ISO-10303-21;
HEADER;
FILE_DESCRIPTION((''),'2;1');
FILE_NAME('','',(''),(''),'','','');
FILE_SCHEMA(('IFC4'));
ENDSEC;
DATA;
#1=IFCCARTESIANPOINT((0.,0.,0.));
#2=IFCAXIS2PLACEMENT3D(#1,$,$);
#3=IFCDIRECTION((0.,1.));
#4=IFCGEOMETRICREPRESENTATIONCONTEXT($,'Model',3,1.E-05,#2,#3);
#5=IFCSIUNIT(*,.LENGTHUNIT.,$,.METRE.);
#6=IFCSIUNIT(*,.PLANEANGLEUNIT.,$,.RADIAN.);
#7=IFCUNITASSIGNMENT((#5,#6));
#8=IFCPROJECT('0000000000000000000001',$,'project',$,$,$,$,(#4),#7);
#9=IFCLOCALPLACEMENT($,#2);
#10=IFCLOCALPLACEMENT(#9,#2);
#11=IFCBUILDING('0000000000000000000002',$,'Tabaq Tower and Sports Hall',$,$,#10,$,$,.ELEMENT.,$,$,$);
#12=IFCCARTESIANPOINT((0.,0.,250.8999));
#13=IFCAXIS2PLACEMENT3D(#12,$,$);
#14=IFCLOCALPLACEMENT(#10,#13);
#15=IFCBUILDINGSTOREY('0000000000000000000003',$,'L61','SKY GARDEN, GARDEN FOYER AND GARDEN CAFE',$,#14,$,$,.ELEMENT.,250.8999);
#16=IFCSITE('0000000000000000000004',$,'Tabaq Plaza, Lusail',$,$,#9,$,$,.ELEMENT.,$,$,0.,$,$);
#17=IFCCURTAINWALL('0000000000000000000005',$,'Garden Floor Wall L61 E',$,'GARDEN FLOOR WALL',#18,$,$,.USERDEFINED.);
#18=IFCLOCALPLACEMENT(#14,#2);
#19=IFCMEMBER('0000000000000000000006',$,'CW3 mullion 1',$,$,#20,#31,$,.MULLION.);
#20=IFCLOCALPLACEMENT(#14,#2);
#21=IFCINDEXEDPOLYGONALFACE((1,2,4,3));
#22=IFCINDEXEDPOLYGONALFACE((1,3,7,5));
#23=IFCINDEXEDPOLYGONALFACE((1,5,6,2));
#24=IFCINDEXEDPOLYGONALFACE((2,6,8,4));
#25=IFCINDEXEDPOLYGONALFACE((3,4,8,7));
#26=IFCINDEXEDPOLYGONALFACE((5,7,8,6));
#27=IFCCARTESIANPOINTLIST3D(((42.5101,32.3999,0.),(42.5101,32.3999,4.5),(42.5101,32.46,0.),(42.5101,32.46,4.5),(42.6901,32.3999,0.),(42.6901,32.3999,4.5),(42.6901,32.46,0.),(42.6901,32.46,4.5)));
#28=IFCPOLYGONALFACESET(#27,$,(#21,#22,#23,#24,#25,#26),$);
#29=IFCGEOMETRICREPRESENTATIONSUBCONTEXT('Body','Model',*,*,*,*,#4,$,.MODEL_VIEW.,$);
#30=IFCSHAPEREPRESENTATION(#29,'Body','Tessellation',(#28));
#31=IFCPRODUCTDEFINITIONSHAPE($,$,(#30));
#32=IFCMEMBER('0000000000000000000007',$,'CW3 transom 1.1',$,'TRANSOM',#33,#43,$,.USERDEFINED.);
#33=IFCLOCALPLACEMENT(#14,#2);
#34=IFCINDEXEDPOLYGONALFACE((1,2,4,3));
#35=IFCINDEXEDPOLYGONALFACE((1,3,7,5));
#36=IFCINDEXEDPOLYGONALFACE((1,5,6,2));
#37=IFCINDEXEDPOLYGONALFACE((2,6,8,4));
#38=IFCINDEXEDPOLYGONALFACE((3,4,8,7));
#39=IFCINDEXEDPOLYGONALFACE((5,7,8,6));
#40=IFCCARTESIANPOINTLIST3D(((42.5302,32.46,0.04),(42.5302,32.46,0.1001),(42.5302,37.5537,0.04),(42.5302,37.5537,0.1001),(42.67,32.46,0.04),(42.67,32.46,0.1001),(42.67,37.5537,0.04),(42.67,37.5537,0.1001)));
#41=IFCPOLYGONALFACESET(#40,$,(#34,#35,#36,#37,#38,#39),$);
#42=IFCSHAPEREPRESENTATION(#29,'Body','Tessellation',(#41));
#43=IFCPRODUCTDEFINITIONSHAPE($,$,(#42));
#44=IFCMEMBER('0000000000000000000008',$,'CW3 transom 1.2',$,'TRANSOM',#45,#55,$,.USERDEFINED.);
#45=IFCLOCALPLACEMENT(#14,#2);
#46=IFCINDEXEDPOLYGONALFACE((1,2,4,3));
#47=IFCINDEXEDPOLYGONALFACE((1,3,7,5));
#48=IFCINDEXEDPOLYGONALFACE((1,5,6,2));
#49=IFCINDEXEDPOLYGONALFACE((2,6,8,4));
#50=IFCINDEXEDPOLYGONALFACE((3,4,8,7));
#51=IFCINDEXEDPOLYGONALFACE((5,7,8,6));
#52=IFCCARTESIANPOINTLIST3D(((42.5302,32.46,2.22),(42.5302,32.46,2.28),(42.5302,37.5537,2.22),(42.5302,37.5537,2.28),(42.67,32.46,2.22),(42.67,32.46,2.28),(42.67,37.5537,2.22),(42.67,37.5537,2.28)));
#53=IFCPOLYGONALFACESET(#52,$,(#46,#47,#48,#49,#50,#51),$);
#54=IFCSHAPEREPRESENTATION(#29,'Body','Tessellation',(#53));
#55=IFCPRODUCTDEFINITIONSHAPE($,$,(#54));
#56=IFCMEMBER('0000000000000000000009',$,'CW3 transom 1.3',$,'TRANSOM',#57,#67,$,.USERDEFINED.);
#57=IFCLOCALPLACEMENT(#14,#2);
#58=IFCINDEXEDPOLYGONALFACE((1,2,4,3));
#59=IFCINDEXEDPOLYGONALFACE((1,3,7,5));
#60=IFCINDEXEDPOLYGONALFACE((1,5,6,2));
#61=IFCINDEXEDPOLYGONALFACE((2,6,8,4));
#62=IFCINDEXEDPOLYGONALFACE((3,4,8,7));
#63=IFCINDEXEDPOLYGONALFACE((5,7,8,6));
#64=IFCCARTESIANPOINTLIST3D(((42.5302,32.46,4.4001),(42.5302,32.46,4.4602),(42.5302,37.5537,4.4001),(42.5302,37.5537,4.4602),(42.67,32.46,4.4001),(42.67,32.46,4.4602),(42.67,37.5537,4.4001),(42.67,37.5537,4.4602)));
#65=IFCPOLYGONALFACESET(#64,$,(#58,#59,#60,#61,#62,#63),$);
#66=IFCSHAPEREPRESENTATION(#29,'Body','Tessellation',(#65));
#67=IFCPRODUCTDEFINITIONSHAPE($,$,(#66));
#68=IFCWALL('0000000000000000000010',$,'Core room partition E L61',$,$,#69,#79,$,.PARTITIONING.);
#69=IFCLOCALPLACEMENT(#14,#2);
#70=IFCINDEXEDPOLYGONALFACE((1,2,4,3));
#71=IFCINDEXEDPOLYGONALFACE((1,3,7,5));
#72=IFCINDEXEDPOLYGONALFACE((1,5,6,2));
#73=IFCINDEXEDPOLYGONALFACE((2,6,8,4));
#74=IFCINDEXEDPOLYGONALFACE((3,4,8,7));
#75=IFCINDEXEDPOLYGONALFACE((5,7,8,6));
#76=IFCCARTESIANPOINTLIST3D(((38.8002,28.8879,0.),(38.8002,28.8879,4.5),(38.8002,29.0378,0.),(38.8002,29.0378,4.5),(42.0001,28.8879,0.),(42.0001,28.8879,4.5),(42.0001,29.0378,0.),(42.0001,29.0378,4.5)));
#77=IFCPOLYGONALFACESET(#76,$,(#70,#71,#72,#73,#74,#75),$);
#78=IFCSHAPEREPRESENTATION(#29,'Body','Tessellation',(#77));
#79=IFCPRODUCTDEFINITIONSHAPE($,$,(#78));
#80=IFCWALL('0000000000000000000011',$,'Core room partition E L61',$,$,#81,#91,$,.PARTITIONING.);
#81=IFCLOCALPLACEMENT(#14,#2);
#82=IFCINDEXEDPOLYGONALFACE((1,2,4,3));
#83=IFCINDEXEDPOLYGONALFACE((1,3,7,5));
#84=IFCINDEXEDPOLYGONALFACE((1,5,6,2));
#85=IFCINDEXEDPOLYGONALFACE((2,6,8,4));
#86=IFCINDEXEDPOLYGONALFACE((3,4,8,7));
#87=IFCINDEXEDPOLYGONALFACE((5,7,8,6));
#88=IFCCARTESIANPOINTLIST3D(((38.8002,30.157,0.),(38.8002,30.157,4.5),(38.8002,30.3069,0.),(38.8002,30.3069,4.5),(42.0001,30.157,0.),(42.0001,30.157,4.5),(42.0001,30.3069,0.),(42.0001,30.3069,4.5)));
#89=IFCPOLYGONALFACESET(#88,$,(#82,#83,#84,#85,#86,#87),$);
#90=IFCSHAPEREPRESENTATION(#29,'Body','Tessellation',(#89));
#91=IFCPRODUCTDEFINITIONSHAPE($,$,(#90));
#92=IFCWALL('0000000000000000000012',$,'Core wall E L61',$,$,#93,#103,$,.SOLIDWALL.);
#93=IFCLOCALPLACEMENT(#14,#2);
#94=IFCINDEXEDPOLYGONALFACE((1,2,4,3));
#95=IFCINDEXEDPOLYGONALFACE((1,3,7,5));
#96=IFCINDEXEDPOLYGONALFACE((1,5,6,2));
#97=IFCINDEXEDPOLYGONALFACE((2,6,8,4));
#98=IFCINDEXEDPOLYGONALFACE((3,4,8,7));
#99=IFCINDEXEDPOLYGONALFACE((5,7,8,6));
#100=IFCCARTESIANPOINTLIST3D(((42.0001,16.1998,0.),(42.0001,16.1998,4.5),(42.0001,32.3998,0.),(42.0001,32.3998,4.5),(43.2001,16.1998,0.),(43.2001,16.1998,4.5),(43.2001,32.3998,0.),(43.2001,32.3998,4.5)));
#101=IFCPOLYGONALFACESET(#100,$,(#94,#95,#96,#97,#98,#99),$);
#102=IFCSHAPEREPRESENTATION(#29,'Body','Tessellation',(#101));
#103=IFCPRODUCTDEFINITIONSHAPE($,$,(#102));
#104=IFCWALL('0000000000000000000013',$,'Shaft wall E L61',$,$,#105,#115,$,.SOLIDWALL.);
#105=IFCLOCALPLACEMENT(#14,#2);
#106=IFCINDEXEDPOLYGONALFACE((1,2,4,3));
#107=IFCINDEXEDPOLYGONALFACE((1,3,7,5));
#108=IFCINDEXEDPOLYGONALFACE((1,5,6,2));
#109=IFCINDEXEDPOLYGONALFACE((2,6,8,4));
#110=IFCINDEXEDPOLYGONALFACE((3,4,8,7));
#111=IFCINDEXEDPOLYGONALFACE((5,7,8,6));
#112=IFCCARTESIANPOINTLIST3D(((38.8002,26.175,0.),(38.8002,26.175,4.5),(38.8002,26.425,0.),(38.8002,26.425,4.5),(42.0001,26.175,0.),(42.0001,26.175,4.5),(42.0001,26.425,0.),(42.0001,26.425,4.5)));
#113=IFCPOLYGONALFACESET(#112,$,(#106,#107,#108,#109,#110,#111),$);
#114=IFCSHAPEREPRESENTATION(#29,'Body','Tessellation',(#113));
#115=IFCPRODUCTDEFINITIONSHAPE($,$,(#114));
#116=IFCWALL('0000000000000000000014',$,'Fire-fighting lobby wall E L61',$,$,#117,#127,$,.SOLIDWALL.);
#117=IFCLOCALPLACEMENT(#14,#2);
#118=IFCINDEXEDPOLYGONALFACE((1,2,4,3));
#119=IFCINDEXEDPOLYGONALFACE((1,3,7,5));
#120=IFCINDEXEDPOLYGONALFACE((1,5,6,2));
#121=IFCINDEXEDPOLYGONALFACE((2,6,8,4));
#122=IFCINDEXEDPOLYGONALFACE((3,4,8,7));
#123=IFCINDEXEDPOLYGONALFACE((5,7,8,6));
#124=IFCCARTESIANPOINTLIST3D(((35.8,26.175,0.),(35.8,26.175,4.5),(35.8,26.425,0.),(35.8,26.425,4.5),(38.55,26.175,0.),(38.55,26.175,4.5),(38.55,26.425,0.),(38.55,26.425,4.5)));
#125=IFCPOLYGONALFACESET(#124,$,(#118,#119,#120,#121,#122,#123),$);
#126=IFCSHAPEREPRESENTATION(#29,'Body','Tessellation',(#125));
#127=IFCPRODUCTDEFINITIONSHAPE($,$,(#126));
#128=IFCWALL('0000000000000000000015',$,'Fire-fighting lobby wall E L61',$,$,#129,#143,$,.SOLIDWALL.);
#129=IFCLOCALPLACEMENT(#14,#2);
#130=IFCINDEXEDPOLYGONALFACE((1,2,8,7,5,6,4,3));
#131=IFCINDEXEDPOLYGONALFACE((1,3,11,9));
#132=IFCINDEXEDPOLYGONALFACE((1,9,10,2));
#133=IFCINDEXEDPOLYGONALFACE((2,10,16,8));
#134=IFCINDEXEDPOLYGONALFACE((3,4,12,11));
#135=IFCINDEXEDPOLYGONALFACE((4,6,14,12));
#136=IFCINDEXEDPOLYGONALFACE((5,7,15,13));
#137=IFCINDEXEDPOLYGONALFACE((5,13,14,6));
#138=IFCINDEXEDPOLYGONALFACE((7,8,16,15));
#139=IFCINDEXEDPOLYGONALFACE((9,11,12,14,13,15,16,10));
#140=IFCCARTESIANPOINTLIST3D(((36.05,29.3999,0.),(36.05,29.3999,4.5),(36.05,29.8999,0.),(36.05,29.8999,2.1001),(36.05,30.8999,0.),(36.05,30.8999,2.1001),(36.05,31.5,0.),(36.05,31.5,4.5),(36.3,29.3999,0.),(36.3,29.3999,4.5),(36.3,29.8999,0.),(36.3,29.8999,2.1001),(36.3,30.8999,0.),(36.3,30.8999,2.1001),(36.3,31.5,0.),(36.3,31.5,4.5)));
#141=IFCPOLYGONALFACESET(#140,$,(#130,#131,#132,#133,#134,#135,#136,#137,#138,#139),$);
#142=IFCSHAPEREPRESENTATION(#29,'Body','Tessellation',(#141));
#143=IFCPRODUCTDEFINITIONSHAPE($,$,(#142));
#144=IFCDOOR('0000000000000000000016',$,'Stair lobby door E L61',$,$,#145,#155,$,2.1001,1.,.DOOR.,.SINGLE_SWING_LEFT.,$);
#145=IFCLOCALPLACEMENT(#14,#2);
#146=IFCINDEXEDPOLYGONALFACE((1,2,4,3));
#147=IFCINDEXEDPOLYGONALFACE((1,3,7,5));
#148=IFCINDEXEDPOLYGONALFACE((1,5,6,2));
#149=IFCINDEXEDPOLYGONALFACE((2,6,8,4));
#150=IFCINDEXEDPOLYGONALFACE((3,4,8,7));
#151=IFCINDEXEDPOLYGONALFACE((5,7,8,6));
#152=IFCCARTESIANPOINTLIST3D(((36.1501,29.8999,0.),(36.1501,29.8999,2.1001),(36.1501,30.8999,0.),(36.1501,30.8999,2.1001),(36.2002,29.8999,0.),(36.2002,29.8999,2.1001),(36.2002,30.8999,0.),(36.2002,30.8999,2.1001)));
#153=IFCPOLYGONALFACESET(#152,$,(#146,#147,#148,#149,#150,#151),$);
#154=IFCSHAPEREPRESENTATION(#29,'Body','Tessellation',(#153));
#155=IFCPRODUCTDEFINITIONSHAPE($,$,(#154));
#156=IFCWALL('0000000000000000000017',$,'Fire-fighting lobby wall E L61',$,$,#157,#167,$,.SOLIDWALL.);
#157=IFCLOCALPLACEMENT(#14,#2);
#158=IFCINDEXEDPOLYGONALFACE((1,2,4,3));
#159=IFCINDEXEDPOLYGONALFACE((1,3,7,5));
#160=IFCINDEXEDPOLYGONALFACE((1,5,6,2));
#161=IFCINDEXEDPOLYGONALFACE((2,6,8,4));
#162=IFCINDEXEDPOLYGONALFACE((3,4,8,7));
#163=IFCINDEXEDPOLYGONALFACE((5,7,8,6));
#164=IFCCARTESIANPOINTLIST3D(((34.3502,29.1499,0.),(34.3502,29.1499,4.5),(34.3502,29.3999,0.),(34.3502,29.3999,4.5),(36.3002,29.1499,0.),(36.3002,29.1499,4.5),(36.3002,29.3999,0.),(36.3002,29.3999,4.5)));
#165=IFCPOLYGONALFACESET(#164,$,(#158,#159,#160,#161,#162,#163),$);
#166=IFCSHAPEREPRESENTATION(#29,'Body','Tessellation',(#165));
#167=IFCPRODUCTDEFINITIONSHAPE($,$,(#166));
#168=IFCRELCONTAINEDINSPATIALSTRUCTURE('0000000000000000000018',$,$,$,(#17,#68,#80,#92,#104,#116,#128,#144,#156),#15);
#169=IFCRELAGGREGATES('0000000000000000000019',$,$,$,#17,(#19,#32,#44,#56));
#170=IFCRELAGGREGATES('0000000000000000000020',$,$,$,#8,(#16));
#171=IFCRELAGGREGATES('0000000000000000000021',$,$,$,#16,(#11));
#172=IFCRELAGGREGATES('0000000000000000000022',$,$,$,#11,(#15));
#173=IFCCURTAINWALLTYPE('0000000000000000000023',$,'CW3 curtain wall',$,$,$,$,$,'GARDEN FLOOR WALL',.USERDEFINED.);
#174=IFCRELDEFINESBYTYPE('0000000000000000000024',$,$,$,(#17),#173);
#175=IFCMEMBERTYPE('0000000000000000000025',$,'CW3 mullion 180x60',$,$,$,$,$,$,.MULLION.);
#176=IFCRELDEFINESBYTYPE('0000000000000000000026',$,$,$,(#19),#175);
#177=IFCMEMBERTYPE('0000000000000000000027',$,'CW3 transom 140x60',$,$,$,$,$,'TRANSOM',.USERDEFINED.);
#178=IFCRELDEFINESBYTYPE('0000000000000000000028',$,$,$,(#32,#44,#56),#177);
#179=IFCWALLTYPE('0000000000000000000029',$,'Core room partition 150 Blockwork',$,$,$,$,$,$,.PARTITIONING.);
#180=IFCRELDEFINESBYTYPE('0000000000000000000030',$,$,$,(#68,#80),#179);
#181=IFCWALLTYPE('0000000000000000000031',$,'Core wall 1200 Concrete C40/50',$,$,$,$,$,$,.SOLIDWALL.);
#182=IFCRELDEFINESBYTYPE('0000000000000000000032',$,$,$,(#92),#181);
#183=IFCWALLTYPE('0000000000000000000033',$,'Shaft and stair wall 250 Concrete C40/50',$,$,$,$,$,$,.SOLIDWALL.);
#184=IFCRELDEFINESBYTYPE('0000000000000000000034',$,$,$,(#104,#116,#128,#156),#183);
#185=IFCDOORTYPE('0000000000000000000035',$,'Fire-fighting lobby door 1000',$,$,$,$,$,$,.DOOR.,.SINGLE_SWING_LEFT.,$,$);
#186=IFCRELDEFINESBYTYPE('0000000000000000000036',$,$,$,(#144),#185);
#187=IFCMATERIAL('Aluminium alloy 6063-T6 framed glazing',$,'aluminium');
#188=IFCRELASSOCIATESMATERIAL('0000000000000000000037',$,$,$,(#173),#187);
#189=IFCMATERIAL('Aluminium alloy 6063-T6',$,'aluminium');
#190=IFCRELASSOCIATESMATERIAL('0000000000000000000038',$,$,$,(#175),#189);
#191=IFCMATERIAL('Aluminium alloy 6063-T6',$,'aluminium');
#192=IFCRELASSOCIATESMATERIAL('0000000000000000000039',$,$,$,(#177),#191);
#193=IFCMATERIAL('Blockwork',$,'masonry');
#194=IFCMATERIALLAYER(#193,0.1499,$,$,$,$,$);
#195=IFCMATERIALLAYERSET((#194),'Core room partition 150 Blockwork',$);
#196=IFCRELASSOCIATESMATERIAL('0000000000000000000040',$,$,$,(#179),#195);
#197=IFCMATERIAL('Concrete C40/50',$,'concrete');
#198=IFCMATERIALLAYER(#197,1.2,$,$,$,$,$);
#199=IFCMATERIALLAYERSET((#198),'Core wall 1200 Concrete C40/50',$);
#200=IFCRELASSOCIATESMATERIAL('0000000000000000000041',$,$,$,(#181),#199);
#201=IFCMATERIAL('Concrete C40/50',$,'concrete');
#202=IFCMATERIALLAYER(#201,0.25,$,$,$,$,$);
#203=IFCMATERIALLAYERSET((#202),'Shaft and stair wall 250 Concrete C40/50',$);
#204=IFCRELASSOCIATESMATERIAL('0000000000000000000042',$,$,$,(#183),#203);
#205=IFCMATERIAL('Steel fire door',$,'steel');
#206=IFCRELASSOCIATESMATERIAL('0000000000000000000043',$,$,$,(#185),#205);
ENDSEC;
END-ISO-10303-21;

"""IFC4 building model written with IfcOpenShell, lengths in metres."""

from ifc_helpers import new_model, si_unit, direction, frame, frame_2d, origin, origin_2d, place, context, subcontext, project, spatial, rectangle, extrude, material, layer, layer_set, material_profile, profile_set, type_object, element, fill, aggregate, save


model = new_model("IFC4")

# Units and contexts
model_context = context("Model", 3, precision=1e-05, world=origin(), true_north=direction((0.0, 1.0)))
body_context = subcontext(model_context, "Body", "Model", "MODEL_VIEW")
ifc_project = project(units=[si_unit("LENGTHUNIT", "METRE"), si_unit("PLANEANGLEUNIT", "RADIAN")], contexts=[model_context])

# Site, building, storey
site_placement = place(None, origin())
site = spatial("IfcSite", under=ifc_project, at=site_placement, Name="Tabaq Plaza, Lusail", CompositionType="ELEMENT", RefElevation=0.0)
building_placement = place(site_placement, origin())
building = spatial("IfcBuilding", under=site, at=building_placement, Name="Tabaq Tower and Sports Hall", CompositionType="ELEMENT")
storey_placement = place(building_placement, frame((0.0, 0.0, 250.8999)))
storey = spatial("IfcBuildingStorey", under=building, at=storey_placement, Name="L61", Description="SKY GARDEN, GARDEN FOYER AND GARDEN CAFE", CompositionType="ELEMENT", Elevation=250.8999)

# Curtain wall, members
ifc_material_1 = material(Name="Aluminium alloy 6063-T6 framed glazing", Category="aluminium")
curtain_wall_type = type_object("IfcCurtainWallType", Name="CW3 curtain wall", ElementType="GARDEN FLOOR WALL", PredefinedType="USERDEFINED", material=ifc_material_1)
curtain_wall_placement = place(storey_placement, origin())
curtain_wall = element("IfcCurtainWall", 1, at=curtain_wall_placement, inside=storey, type_object=curtain_wall_type, Name="Garden Floor Wall L61 E", ObjectType="GARDEN FLOOR WALL", PredefinedType="USERDEFINED")
ifc_material_2 = material(Name="Aluminium alloy 6063-T6", Category="aluminium")
ifc_material_profile_1 = material_profile(ifc_material_2, rectangle(XDim=0.1799, YDim=0.0601, at=origin_2d()), Name="MULLION 180x60")
ifc_profile_set_1 = profile_set([ifc_material_profile_1], Name="Aluminium alloy 6063-T6")
member_type_1 = type_object("IfcMemberType", Name="CW3 mullion 180x60", PredefinedType="MULLION", material=ifc_profile_set_1)
member_1_placement = place(storey_placement, frame((42.6001, 32.4299, 0.0), z_axis=(0.0, 0.0, 1.0), x_axis=(-1.0, 0.0, 0.0)))
member_1 = element("IfcMember", 2, at=member_1_placement, type_object=member_type_1, Name="CW3 mullion 1", PredefinedType="MULLION", context=body_context, shape_type="SweptSolid", body=[
    extrude(rectangle(XDim=0.1799, YDim=0.0601, at=origin_2d()), origin(), (0.0, 0.0, 1.0), 4.5),
])
ifc_material_3 = material(Name="Aluminium alloy 6063-T6", Category="aluminium")
ifc_material_profile_2 = material_profile(ifc_material_3, rectangle(XDim=0.1399, YDim=0.0601, at=origin_2d()), Name="TRANSOM 140x60")
ifc_profile_set_2 = profile_set([ifc_material_profile_2], Name="Aluminium alloy 6063-T6")
member_type_2 = type_object("IfcMemberType", Name="CW3 transom 140x60", ElementType="TRANSOM", PredefinedType="USERDEFINED", material=ifc_profile_set_2)
member_2_placement = place(storey_placement, frame((42.6001, 32.46, 0.0701), z_axis=(0.0, 1.0, 0.0), x_axis=(-1.0, 0.0, 0.0)))
member_2 = element("IfcMember", 3, at=member_2_placement, type_object=member_type_2, Name="CW3 transom 1.1", ObjectType="TRANSOM", PredefinedType="USERDEFINED", context=body_context, shape_type="SweptSolid", body=[
    extrude(rectangle(XDim=0.1399, YDim=0.0601, at=origin_2d()), origin(), (0.0, 0.0, 1.0), 5.0938),
])
member_3_placement = place(storey_placement, frame((42.6001, 32.46, 2.25), z_axis=(0.0, 1.0, 0.0), x_axis=(-1.0, 0.0, 0.0)))
member_3 = element("IfcMember", 4, at=member_3_placement, type_object=member_type_2, Name="CW3 transom 1.2", ObjectType="TRANSOM", PredefinedType="USERDEFINED", context=body_context, shape_type="SweptSolid", body=[
    extrude(rectangle(XDim=0.1399, YDim=0.0601, at=origin_2d()), origin(), (0.0, 0.0, 1.0), 5.0938),
])
member_4_placement = place(storey_placement, frame((42.6001, 32.46, 4.4302), z_axis=(0.0, 1.0, 0.0), x_axis=(-1.0, 0.0, 0.0)))
member_4 = element("IfcMember", 5, at=member_4_placement, type_object=member_type_2, Name="CW3 transom 1.3", ObjectType="TRANSOM", PredefinedType="USERDEFINED", context=body_context, shape_type="SweptSolid", body=[
    extrude(rectangle(XDim=0.1399, YDim=0.0601, at=origin_2d()), origin(), (0.0, 0.0, 1.0), 5.0938),
])
aggregate(curtain_wall, [member_1, member_2, member_3, member_4])

# Walls
ifc_material_4 = material(Name="Blockwork", Category="masonry")
ifc_layer_1 = layer(ifc_material_4, 0.1499)
ifc_layer_set_1 = layer_set([ifc_layer_1], Name="Core room partition 150 Blockwork")
wall_type_1 = type_object("IfcWallType", Name="Core room partition 150 Blockwork", PredefinedType="PARTITIONING", material=ifc_layer_set_1)
for number, where, z_axis, x_axis, name in (
    (6, (38.8, 28.9629, 0.0), (0.0, 0.0, 1.0), (1.0, 0.0, 0.0), "Core room partition E L61"),
    (7, (38.8, 30.2319, 0.0), (0.0, 0.0, 1.0), (1.0, 0.0, 0.0), "Core room partition E L61"),
):
    element("IfcWall", number, at=place(storey_placement, frame(where, z_axis=z_axis, x_axis=x_axis)), inside=storey, type_object=wall_type_1, Name=name, PredefinedType="PARTITIONING", context=body_context, shape_type="SweptSolid", body=[
        extrude(rectangle(XDim=3.2, YDim=0.1499, at=frame_2d((1.6001, 0.0))), origin(), (0.0, 0.0, 1.0), 4.5),
    ])
ifc_material_5 = material(Name="Concrete C40/50", Category="concrete")
ifc_layer_2 = layer(ifc_material_5, 1.2)
ifc_layer_set_2 = layer_set([ifc_layer_2], Name="Core wall 1200 Concrete C40/50")
wall_type_2 = type_object("IfcWallType", Name="Core wall 1200 Concrete C40/50", PredefinedType="SOLIDWALL", material=ifc_layer_set_2)
wall_1_placement = place(storey_placement, frame((42.6001, 32.3999, 0.0), z_axis=(0.0, 0.0, 1.0), x_axis=(0.0, -1.0, 0.0)))
element("IfcWall", 8, at=wall_1_placement, inside=storey, type_object=wall_type_2, Name="Core wall E L61", PredefinedType="SOLIDWALL", context=body_context, shape_type="SweptSolid", body=[
    extrude(rectangle(XDim=16.2, YDim=1.2, at=frame_2d((8.1001, 0.0))), origin(), (0.0, 0.0, 1.0), 4.5),
])
ifc_material_6 = material(Name="Concrete C40/50", Category="concrete")
ifc_layer_3 = layer(ifc_material_6, 0.25)
ifc_layer_set_3 = layer_set([ifc_layer_3], Name="Shaft and stair wall 250 Concrete C40/50")
wall_type_3 = type_object("IfcWallType", Name="Shaft and stair wall 250 Concrete C40/50", PredefinedType="SOLIDWALL", material=ifc_layer_set_3)
wall_2_placement = place(storey_placement, frame((38.8, 26.3, 0.0), z_axis=(0.0, 0.0, 1.0), x_axis=(1.0, 0.0, 0.0)))
element("IfcWall", 9, at=wall_2_placement, inside=storey, type_object=wall_type_3, Name="Shaft wall E L61", PredefinedType="SOLIDWALL", context=body_context, shape_type="SweptSolid", body=[
    extrude(rectangle(XDim=3.2, YDim=0.25, at=frame_2d((1.6001, 0.0))), origin(), (0.0, 0.0, 1.0), 4.5),
])
wall_3_placement = place(storey_placement, frame((35.8, 26.3, 0.0), z_axis=(0.0, 0.0, 1.0), x_axis=(1.0, 0.0, 0.0)))
element("IfcWall", 10, at=wall_3_placement, inside=storey, type_object=wall_type_3, Name="Fire-fighting lobby wall E L61", PredefinedType="SOLIDWALL", context=body_context, shape_type="SweptSolid", body=[
    extrude(rectangle(XDim=2.75, YDim=0.25, at=frame_2d((1.375, 0.0))), origin(), (0.0, 0.0, 1.0), 4.5),
])

# Wall, opening, door
wall_4_placement = place(storey_placement, frame((36.175, 29.3999, 0.0), z_axis=(0.0, 0.0, 1.0), x_axis=(0.0, 1.0, 0.0)))
wall_4 = element("IfcWall", 11, at=wall_4_placement, inside=storey, type_object=wall_type_3, Name="Fire-fighting lobby wall E L61", PredefinedType="SOLIDWALL", context=body_context, shape_type="SweptSolid", body=[
    extrude(rectangle(XDim=2.1001, YDim=0.25, at=frame_2d((1.05, 0.0))), origin(), (0.0, 0.0, 1.0), 4.5),
])
opening_placement = place(wall_4_placement, frame((0.5, 0.0, 0.0)))
opening = element("IfcOpeningElement", 12, at=opening_placement, cuts=wall_4, PredefinedType="OPENING", context=body_context, shape_type="SweptSolid", body=[
    extrude(rectangle(XDim=1.0, YDim=2.1001, at=frame_2d((0.5, 1.05))), frame((0.0, 0.125, 0.0), z_axis=(0.0, -1.0, 0.0), x_axis=(1.0, 0.0, 0.0)), (0.0, 0.0, 1.0), 0.25),
])
ifc_material_7 = material(Name="Steel fire door", Category="steel")
door_type = type_object("IfcDoorType", Name="Fire-fighting lobby door 1000", OperationType="SINGLE_SWING_LEFT", PredefinedType="DOOR", material=ifc_material_7)
door_placement = place(opening_placement, origin())
door = element("IfcDoor", 13, at=door_placement, inside=storey, type_object=door_type, Name="Stair lobby door E L61", OperationType="SINGLE_SWING_LEFT", OverallHeight=2.1001, OverallWidth=1.0, PredefinedType="DOOR", context=body_context, shape_type="SweptSolid", body=[
    extrude(rectangle(XDim=1.0, YDim=2.1001, at=frame_2d((0.5, 1.05))), frame((0.0, 0.0249, 0.0), z_axis=(0.0, -1.0, 0.0), x_axis=(1.0, 0.0, 0.0)), (0.0, 0.0, 1.0), 0.05),
])
fill(opening, door)

# Wall
wall_5_placement = place(storey_placement, frame((34.3501, 29.2749, 0.0), z_axis=(0.0, 0.0, 1.0), x_axis=(1.0, 0.0, 0.0)))
element("IfcWall", 14, at=wall_5_placement, inside=storey, type_object=wall_type_3, Name="Fire-fighting lobby wall E L61", PredefinedType="SOLIDWALL", context=body_context, shape_type="SweptSolid", body=[
    extrude(rectangle(XDim=1.95, YDim=0.25, at=frame_2d((0.9751, 0.0))), origin(), (0.0, 0.0, 1.0), 4.5),
])

save(model, "model.ifc")
